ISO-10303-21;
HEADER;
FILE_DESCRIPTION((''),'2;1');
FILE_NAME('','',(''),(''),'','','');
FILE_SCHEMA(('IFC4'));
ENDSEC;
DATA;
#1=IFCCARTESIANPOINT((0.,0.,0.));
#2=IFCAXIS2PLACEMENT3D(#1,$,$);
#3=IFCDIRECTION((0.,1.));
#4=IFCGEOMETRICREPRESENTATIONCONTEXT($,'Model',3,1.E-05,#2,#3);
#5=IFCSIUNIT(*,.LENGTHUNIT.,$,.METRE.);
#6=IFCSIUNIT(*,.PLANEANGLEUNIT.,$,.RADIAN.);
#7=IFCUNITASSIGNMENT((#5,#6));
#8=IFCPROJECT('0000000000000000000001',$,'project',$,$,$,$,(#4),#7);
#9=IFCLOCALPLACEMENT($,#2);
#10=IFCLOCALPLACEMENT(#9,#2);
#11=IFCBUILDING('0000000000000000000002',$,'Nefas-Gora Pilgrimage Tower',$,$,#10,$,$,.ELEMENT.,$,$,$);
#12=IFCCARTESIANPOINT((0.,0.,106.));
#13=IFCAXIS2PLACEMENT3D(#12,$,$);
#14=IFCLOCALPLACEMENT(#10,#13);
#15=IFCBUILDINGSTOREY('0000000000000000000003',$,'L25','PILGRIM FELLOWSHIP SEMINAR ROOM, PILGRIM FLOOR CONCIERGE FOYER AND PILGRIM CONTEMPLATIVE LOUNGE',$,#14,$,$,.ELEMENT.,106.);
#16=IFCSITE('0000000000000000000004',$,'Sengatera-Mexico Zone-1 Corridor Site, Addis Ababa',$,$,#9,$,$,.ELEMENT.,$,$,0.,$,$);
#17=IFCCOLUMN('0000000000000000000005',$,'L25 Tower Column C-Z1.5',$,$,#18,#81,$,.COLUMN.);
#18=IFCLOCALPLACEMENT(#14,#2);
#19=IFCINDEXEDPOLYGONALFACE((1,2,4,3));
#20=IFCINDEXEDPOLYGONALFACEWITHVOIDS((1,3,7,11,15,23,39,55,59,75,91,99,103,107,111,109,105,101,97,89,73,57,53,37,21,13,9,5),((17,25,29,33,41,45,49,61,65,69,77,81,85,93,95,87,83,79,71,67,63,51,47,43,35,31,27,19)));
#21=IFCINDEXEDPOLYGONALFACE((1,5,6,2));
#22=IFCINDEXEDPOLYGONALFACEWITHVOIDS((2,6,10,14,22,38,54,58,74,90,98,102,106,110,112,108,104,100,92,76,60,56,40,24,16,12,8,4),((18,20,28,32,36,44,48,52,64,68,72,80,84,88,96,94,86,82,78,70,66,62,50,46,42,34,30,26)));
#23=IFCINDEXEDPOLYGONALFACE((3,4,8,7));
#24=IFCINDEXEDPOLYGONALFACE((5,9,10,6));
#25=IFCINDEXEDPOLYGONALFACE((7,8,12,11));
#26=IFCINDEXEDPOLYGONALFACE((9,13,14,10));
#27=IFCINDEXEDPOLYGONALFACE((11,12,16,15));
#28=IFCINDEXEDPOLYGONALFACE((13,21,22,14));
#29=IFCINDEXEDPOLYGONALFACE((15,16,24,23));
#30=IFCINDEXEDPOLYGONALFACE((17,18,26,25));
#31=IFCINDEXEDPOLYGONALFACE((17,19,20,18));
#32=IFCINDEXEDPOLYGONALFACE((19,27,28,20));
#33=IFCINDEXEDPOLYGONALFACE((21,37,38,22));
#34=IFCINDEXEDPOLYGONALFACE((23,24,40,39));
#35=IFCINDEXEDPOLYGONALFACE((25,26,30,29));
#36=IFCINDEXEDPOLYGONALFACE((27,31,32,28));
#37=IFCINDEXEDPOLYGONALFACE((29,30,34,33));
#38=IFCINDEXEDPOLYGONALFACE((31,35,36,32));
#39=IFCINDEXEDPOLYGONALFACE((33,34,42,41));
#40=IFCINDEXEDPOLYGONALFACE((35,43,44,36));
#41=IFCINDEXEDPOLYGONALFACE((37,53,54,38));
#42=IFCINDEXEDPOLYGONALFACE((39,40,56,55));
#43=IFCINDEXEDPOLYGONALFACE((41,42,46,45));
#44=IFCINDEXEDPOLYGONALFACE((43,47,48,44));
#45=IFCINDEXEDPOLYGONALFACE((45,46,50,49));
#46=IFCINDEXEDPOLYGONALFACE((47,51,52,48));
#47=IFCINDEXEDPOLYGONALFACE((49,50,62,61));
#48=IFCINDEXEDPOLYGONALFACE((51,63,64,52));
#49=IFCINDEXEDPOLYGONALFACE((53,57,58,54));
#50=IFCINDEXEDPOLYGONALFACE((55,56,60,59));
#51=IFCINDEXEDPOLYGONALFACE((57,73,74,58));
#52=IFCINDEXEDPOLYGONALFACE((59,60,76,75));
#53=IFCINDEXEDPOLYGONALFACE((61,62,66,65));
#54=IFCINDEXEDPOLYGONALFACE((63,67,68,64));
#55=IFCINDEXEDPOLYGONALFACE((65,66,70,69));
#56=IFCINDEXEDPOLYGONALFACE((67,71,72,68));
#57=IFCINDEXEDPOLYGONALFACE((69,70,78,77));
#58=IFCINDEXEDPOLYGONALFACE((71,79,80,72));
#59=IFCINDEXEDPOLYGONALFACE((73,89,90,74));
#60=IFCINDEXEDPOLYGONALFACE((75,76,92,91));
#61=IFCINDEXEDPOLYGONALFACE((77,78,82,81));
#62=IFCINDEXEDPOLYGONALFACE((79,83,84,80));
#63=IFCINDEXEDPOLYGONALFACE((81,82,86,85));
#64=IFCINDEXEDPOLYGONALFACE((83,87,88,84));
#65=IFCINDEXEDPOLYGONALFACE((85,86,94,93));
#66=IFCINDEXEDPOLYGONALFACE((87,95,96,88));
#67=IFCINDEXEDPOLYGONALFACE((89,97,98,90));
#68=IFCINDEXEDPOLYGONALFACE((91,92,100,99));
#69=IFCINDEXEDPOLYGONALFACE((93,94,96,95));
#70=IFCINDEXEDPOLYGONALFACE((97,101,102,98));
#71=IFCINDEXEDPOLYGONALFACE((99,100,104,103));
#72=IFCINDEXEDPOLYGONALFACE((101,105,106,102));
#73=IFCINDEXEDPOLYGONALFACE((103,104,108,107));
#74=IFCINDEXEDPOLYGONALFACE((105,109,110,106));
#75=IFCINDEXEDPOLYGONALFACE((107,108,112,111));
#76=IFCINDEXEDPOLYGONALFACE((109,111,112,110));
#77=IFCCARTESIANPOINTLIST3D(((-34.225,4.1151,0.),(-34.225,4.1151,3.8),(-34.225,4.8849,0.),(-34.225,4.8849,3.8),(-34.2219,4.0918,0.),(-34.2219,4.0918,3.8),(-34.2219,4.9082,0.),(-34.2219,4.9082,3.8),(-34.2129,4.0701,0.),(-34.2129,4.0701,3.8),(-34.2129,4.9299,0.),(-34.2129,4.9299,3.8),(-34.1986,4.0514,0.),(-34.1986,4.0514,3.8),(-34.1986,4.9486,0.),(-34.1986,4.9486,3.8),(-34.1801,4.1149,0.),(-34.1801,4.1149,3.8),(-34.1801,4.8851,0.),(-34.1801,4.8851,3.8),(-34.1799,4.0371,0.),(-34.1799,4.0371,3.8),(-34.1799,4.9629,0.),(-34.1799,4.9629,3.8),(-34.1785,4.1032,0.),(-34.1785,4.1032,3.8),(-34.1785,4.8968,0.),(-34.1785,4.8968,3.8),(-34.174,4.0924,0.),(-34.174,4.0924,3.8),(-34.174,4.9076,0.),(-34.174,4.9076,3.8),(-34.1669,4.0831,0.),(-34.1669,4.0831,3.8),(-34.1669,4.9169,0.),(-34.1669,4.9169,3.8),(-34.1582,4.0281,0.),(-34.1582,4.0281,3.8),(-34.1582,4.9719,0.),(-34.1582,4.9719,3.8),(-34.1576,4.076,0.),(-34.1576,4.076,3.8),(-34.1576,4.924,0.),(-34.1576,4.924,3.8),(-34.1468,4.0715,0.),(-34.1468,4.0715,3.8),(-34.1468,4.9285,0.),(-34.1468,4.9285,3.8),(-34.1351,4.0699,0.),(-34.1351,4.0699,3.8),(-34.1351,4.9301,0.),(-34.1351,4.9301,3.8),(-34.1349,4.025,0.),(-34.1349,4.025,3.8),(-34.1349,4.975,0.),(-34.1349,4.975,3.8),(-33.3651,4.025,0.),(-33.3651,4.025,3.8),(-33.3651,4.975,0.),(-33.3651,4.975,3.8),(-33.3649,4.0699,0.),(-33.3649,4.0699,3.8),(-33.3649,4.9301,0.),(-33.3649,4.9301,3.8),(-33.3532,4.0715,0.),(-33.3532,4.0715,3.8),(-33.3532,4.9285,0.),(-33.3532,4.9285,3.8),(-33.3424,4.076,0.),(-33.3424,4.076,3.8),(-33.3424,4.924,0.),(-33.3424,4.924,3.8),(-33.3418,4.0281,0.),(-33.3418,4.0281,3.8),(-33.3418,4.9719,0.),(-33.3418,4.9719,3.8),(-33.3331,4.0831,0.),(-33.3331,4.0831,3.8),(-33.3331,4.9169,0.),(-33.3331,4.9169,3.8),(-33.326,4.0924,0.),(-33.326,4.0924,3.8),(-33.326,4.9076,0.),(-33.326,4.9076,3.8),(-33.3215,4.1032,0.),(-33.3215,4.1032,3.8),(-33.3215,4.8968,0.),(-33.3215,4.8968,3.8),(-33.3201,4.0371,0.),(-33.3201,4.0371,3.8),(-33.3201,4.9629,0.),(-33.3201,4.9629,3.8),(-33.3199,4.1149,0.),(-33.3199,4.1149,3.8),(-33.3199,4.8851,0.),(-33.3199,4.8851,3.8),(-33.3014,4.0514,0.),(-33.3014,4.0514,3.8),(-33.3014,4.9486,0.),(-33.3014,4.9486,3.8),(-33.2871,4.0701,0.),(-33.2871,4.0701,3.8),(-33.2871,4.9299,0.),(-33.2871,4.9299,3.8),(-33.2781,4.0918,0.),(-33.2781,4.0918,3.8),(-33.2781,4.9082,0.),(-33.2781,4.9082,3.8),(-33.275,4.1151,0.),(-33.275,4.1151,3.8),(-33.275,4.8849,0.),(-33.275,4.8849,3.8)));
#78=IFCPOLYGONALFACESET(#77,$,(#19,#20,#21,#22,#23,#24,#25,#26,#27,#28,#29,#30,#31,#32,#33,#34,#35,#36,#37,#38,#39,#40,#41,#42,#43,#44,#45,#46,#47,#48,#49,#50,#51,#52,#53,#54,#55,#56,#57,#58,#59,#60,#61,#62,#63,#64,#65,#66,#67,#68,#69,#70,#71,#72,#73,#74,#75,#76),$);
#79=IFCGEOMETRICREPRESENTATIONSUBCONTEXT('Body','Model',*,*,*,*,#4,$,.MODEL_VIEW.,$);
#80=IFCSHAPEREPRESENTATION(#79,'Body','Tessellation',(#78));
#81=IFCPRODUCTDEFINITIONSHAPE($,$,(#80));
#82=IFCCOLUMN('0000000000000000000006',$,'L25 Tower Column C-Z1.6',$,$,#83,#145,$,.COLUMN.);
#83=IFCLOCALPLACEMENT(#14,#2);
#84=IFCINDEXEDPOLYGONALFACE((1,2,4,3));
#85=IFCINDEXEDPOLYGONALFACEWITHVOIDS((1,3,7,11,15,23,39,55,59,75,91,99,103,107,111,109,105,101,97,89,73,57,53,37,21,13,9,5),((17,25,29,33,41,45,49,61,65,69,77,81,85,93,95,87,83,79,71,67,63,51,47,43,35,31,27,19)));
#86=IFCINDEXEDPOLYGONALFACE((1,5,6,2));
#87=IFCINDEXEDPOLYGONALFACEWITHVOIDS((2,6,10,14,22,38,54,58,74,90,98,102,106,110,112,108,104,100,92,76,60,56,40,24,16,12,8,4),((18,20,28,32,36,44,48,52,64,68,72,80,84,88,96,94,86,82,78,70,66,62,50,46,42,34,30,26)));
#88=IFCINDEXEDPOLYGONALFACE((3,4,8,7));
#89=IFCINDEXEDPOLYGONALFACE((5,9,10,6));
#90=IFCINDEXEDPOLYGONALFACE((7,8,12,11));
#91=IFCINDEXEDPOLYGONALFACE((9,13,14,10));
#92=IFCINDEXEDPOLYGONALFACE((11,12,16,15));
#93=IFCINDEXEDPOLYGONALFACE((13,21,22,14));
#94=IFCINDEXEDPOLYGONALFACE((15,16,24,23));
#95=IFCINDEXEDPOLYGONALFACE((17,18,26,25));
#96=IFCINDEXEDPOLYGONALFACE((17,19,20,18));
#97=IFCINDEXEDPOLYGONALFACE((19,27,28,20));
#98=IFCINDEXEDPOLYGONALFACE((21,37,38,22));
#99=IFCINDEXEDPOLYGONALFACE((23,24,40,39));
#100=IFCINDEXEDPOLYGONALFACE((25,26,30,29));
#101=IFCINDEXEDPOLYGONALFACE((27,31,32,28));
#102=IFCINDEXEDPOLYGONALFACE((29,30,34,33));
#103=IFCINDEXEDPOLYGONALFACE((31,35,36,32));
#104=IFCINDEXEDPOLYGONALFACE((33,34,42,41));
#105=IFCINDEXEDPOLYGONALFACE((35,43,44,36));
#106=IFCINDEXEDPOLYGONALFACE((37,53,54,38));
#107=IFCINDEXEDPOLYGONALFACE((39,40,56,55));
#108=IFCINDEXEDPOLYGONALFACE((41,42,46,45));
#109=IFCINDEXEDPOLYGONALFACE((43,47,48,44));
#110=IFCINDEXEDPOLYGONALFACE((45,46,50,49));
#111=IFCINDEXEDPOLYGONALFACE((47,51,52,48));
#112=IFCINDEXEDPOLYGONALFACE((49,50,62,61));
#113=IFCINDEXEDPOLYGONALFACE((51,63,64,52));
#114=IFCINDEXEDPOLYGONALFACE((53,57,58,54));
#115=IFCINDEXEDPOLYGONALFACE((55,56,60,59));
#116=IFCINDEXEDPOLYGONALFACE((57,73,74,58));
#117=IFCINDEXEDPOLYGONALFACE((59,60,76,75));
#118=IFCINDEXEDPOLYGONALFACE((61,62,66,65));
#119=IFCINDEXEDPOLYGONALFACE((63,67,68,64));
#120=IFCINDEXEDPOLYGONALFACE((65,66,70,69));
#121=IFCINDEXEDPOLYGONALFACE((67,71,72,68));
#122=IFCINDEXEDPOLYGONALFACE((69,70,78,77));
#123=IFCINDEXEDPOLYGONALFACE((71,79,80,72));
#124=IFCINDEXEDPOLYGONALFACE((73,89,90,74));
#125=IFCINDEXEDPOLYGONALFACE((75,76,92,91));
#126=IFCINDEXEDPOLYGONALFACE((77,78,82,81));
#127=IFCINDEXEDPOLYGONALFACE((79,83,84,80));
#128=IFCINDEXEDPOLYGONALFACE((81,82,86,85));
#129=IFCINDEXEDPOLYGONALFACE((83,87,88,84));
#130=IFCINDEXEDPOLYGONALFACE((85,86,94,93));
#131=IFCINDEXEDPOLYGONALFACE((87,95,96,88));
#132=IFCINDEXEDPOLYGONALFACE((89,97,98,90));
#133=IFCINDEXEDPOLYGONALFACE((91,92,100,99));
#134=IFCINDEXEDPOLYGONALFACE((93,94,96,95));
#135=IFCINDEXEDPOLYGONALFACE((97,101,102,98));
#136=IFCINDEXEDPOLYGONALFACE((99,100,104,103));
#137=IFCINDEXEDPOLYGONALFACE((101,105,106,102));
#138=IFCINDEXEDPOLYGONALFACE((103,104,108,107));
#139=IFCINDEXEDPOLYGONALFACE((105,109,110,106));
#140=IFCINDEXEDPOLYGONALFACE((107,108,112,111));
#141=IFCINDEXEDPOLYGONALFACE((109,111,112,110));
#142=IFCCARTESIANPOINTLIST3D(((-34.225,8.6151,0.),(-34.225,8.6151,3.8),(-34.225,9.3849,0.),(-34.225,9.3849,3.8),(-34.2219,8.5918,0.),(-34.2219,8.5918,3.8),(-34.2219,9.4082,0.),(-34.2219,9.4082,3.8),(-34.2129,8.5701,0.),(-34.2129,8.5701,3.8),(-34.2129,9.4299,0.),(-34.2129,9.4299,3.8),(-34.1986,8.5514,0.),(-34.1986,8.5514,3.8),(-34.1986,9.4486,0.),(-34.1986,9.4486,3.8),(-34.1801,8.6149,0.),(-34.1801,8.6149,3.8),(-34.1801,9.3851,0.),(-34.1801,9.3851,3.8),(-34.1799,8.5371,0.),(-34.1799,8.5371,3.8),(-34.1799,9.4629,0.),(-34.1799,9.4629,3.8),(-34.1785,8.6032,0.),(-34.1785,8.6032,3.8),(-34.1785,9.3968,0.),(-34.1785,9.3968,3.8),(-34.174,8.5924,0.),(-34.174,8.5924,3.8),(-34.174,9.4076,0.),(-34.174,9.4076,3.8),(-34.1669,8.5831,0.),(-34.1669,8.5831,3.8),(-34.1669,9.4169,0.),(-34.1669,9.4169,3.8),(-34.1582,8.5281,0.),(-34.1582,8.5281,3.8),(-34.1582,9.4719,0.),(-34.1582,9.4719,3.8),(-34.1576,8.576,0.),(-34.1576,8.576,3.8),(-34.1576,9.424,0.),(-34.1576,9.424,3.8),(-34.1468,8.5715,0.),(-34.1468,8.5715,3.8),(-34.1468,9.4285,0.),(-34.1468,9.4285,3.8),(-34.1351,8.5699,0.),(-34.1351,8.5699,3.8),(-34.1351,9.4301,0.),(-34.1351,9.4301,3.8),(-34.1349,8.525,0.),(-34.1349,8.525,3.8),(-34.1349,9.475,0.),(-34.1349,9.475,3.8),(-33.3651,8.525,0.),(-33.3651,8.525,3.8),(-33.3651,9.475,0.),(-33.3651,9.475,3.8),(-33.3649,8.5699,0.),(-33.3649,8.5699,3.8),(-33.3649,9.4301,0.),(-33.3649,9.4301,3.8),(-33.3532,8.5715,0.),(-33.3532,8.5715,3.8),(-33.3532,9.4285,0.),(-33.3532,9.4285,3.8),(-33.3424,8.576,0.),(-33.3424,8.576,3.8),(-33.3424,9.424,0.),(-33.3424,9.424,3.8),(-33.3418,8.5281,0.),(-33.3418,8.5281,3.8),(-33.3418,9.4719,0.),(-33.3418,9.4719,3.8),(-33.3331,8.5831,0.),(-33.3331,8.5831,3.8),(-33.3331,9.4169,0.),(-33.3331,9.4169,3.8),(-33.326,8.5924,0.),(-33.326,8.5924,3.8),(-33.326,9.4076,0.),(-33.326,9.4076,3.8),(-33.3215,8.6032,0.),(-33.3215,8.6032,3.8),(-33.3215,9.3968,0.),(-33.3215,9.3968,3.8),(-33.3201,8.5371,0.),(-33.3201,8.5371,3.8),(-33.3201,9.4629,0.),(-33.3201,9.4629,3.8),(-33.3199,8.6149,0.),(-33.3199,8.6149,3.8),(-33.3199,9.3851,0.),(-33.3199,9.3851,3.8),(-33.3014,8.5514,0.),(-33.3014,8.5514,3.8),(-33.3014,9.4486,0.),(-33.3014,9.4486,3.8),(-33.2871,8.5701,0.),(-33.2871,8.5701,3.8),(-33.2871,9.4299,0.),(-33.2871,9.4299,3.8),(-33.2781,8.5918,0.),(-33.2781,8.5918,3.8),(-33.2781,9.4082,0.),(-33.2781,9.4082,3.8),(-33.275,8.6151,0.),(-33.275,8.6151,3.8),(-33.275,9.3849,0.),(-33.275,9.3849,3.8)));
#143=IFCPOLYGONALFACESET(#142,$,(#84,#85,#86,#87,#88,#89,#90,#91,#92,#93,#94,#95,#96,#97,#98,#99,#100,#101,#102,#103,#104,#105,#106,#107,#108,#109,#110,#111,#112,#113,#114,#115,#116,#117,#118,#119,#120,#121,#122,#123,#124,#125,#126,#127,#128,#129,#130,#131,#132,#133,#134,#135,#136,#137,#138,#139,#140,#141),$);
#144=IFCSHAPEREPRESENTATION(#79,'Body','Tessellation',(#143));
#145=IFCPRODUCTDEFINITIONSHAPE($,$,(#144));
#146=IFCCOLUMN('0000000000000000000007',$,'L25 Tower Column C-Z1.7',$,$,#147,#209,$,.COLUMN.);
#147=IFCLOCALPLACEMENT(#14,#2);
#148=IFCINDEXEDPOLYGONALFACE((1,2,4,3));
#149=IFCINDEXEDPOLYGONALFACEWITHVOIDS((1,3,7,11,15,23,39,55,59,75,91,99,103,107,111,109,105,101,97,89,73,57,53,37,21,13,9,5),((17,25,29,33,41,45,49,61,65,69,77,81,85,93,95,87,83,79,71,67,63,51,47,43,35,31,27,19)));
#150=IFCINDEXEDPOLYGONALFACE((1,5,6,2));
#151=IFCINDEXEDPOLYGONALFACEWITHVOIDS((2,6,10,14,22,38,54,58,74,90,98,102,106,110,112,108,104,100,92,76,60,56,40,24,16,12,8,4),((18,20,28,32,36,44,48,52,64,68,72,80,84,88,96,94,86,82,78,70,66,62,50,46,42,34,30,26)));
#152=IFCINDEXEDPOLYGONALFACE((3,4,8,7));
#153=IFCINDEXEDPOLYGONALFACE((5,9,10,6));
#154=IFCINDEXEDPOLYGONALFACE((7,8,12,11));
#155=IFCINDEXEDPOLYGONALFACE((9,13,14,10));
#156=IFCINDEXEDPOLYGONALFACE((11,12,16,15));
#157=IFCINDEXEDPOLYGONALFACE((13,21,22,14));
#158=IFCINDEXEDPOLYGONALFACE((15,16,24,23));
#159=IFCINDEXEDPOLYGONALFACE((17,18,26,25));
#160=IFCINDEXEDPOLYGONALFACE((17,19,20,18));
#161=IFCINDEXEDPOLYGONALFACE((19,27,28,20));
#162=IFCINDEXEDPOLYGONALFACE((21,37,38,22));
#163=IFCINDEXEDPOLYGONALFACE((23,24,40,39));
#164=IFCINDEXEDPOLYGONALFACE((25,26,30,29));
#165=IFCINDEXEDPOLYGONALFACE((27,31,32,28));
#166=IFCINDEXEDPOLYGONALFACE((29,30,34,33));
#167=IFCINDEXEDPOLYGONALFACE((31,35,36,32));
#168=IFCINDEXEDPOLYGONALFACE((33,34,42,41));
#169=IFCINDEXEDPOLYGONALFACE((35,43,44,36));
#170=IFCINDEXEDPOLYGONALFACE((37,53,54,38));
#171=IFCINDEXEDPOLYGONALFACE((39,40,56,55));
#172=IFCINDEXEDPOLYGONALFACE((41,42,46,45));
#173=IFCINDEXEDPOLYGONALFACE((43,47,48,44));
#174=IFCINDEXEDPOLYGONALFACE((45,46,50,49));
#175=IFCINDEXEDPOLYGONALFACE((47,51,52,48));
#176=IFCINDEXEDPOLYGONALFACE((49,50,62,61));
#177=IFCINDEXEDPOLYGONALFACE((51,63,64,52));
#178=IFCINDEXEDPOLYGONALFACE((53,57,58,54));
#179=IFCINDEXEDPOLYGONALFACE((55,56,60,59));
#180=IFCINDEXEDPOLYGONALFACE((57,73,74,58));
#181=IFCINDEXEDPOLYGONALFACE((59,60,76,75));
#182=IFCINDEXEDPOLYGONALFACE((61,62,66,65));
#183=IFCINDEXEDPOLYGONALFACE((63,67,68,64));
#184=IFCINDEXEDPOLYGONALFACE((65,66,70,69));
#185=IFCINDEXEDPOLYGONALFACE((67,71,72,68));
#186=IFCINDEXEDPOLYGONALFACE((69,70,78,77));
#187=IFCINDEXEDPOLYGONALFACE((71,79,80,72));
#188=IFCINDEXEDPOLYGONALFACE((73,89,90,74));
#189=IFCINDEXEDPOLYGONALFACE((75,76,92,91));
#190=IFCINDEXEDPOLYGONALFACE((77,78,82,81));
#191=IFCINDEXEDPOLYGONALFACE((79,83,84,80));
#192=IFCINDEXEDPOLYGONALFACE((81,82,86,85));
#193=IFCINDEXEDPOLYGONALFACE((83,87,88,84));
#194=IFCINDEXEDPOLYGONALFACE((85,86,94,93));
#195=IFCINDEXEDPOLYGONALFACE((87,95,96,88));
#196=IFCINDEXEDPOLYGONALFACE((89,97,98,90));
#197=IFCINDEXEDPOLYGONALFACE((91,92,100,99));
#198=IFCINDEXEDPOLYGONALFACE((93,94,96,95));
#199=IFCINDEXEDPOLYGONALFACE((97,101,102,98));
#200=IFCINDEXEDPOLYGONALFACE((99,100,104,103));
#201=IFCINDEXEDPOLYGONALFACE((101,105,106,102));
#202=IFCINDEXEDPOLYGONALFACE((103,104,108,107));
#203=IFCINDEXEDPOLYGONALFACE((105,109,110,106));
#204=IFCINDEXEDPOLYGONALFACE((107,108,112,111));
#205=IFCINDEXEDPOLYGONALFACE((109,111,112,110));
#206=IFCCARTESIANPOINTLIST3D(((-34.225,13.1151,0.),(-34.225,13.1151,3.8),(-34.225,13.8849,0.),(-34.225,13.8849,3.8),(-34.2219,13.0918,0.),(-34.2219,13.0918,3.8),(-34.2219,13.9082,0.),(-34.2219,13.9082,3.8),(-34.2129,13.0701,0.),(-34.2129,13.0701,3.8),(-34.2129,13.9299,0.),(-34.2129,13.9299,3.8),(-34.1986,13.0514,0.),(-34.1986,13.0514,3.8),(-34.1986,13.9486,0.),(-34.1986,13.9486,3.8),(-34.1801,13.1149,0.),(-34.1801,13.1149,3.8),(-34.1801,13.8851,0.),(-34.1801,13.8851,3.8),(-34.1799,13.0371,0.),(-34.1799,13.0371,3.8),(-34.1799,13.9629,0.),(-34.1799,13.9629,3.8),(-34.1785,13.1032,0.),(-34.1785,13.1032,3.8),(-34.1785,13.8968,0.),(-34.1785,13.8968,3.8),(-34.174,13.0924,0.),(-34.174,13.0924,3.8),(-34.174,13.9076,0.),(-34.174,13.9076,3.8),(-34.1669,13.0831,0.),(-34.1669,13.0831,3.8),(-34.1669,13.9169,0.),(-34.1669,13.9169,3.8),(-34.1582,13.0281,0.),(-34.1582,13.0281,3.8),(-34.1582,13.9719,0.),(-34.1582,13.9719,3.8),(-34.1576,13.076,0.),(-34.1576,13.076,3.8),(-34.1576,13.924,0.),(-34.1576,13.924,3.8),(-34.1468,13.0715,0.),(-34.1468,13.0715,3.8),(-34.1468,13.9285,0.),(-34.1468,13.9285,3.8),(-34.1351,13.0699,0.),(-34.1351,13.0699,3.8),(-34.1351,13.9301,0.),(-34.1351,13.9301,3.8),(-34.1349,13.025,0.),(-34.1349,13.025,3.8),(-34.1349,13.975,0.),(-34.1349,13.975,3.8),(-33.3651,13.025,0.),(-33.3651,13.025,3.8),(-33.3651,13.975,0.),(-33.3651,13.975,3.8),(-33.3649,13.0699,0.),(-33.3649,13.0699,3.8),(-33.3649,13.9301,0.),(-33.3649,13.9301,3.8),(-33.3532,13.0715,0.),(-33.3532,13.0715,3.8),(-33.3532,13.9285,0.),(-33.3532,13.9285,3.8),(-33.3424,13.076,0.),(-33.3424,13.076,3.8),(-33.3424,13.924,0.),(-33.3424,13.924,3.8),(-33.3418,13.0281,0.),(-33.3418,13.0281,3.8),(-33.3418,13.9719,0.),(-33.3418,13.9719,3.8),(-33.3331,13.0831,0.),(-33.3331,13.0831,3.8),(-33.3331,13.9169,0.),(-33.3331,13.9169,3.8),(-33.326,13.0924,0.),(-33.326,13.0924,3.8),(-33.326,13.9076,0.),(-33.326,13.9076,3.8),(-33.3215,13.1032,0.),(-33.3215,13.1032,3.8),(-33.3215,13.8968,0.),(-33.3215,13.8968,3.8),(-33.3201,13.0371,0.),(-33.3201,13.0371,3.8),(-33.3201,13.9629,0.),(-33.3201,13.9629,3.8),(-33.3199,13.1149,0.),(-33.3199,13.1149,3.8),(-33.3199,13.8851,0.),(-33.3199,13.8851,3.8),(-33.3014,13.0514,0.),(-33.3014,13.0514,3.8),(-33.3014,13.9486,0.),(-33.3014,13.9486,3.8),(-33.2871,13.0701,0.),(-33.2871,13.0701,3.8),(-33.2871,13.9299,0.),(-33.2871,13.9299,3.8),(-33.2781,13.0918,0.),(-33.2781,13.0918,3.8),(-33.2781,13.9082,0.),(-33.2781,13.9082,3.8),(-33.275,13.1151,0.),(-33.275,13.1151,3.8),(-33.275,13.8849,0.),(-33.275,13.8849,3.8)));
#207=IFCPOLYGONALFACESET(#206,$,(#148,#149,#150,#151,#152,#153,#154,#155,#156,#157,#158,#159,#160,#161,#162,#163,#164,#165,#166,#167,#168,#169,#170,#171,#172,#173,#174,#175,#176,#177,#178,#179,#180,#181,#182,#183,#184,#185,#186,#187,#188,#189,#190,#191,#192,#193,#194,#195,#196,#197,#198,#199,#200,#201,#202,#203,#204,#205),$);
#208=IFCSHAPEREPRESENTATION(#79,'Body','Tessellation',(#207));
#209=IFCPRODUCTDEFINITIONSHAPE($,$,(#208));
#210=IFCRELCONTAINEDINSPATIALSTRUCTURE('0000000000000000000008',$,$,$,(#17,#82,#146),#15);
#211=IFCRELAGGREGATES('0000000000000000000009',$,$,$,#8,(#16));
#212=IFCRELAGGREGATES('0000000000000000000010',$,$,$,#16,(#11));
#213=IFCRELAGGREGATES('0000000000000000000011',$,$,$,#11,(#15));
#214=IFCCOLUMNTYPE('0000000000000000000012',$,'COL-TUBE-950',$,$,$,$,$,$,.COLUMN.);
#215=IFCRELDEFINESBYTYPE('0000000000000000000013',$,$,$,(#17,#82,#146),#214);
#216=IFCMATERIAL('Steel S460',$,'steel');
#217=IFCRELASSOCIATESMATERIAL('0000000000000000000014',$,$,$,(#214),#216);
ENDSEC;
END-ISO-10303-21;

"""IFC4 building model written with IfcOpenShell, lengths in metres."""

from ifc_helpers import new_model, si_unit, direction, frame, origin, origin_2d, place, context, subcontext, project, spatial, hollow_rectangle, extrude, source, transform, mapped, material, material_profile, profile_set, type_object, element, save


model = new_model("IFC4")

# Units and contexts
model_context = context("Model", 3, precision=1e-05, world=origin(), true_north=direction((0.0, 1.0)))
body_context = subcontext(model_context, "Body", "Model", "MODEL_VIEW")
ifc_project = project(units=[si_unit("LENGTHUNIT", "METRE"), si_unit("PLANEANGLEUNIT", "RADIAN")], contexts=[model_context])

# Site, building, storey
site_placement = place(None, origin())
site = spatial("IfcSite", under=ifc_project, at=site_placement, Name="Sengatera-Mexico Zone-1 Corridor Site, Addis Ababa", CompositionType="ELEMENT", RefElevation=0.0)
building_placement = place(site_placement, origin())
building = spatial("IfcBuilding", under=site, at=building_placement, Name="Nefas-Gora Pilgrimage Tower", CompositionType="ELEMENT")
storey_placement = place(building_placement, frame((0.0, 0.0, 106.0)))
storey = spatial("IfcBuildingStorey", under=building, at=storey_placement, Name="L25", Description="PILGRIM FELLOWSHIP SEMINAR ROOM, PILGRIM FLOOR CONCIERGE FOYER AND PILGRIM CONTEMPLATIVE LOUNGE", CompositionType="ELEMENT", Elevation=106.0)

# Columns
ifc_material_1 = material(Name="Steel S460", Category="steel")
ifc_material_profile_1 = material_profile(ifc_material_1, hollow_rectangle(XDim=0.95, YDim=0.95, WallThickness=0.0449, InnerFilletRadius=0.0449, OuterFilletRadius=0.0901, at=origin_2d()), Name="BOX 950x950x45")
ifc_profile_set_1 = profile_set([ifc_material_profile_1], Name="Steel S460")
column_type_1 = type_object("IfcColumnType", Name="COL-TUBE-950", PredefinedType="COLUMN", material=ifc_profile_set_1)
shared_shape_1 = source(origin(), body_context, "Body", "SweptSolid", [
    extrude(hollow_rectangle(XDim=0.95, YDim=0.95, WallThickness=0.0449, InnerFilletRadius=0.0449, OuterFilletRadius=0.0901, at=origin_2d()), origin(), (0.0, 0.0, 1.0), 3.8),
])
for number, where, z_axis, x_axis, name in (
    (1, (-33.75, 4.5, 0.0), (0.0, 0.0, 1.0), (1.0, 0.0, 0.0), "L25 Tower Column C-Z1.5"),
    (2, (-33.75, 9.0, 0.0), (0.0, 0.0, 1.0), (1.0, 0.0, 0.0), "L25 Tower Column C-Z1.6"),
    (3, (-33.75, 13.5, 0.0), (0.0, 0.0, 1.0), (1.0, 0.0, 0.0), "L25 Tower Column C-Z1.7"),
):
    element("IfcColumn", number, at=place(storey_placement, frame(where, z_axis=z_axis, x_axis=x_axis)), inside=storey, type_object=column_type_1, Name=name, PredefinedType="COLUMN", context=body_context, shape_type="MappedRepresentation", body=[
        mapped(shared_shape_1, transform((0.0, 0.0, 0.0), x_axis=(1.0, 0.0, 0.0), y_axis=(0.0, 1.0, 0.0), z_axis=(0.0, 0.0, 1.0), scale=1.0)),
    ])

save(model, "model.ifc")
